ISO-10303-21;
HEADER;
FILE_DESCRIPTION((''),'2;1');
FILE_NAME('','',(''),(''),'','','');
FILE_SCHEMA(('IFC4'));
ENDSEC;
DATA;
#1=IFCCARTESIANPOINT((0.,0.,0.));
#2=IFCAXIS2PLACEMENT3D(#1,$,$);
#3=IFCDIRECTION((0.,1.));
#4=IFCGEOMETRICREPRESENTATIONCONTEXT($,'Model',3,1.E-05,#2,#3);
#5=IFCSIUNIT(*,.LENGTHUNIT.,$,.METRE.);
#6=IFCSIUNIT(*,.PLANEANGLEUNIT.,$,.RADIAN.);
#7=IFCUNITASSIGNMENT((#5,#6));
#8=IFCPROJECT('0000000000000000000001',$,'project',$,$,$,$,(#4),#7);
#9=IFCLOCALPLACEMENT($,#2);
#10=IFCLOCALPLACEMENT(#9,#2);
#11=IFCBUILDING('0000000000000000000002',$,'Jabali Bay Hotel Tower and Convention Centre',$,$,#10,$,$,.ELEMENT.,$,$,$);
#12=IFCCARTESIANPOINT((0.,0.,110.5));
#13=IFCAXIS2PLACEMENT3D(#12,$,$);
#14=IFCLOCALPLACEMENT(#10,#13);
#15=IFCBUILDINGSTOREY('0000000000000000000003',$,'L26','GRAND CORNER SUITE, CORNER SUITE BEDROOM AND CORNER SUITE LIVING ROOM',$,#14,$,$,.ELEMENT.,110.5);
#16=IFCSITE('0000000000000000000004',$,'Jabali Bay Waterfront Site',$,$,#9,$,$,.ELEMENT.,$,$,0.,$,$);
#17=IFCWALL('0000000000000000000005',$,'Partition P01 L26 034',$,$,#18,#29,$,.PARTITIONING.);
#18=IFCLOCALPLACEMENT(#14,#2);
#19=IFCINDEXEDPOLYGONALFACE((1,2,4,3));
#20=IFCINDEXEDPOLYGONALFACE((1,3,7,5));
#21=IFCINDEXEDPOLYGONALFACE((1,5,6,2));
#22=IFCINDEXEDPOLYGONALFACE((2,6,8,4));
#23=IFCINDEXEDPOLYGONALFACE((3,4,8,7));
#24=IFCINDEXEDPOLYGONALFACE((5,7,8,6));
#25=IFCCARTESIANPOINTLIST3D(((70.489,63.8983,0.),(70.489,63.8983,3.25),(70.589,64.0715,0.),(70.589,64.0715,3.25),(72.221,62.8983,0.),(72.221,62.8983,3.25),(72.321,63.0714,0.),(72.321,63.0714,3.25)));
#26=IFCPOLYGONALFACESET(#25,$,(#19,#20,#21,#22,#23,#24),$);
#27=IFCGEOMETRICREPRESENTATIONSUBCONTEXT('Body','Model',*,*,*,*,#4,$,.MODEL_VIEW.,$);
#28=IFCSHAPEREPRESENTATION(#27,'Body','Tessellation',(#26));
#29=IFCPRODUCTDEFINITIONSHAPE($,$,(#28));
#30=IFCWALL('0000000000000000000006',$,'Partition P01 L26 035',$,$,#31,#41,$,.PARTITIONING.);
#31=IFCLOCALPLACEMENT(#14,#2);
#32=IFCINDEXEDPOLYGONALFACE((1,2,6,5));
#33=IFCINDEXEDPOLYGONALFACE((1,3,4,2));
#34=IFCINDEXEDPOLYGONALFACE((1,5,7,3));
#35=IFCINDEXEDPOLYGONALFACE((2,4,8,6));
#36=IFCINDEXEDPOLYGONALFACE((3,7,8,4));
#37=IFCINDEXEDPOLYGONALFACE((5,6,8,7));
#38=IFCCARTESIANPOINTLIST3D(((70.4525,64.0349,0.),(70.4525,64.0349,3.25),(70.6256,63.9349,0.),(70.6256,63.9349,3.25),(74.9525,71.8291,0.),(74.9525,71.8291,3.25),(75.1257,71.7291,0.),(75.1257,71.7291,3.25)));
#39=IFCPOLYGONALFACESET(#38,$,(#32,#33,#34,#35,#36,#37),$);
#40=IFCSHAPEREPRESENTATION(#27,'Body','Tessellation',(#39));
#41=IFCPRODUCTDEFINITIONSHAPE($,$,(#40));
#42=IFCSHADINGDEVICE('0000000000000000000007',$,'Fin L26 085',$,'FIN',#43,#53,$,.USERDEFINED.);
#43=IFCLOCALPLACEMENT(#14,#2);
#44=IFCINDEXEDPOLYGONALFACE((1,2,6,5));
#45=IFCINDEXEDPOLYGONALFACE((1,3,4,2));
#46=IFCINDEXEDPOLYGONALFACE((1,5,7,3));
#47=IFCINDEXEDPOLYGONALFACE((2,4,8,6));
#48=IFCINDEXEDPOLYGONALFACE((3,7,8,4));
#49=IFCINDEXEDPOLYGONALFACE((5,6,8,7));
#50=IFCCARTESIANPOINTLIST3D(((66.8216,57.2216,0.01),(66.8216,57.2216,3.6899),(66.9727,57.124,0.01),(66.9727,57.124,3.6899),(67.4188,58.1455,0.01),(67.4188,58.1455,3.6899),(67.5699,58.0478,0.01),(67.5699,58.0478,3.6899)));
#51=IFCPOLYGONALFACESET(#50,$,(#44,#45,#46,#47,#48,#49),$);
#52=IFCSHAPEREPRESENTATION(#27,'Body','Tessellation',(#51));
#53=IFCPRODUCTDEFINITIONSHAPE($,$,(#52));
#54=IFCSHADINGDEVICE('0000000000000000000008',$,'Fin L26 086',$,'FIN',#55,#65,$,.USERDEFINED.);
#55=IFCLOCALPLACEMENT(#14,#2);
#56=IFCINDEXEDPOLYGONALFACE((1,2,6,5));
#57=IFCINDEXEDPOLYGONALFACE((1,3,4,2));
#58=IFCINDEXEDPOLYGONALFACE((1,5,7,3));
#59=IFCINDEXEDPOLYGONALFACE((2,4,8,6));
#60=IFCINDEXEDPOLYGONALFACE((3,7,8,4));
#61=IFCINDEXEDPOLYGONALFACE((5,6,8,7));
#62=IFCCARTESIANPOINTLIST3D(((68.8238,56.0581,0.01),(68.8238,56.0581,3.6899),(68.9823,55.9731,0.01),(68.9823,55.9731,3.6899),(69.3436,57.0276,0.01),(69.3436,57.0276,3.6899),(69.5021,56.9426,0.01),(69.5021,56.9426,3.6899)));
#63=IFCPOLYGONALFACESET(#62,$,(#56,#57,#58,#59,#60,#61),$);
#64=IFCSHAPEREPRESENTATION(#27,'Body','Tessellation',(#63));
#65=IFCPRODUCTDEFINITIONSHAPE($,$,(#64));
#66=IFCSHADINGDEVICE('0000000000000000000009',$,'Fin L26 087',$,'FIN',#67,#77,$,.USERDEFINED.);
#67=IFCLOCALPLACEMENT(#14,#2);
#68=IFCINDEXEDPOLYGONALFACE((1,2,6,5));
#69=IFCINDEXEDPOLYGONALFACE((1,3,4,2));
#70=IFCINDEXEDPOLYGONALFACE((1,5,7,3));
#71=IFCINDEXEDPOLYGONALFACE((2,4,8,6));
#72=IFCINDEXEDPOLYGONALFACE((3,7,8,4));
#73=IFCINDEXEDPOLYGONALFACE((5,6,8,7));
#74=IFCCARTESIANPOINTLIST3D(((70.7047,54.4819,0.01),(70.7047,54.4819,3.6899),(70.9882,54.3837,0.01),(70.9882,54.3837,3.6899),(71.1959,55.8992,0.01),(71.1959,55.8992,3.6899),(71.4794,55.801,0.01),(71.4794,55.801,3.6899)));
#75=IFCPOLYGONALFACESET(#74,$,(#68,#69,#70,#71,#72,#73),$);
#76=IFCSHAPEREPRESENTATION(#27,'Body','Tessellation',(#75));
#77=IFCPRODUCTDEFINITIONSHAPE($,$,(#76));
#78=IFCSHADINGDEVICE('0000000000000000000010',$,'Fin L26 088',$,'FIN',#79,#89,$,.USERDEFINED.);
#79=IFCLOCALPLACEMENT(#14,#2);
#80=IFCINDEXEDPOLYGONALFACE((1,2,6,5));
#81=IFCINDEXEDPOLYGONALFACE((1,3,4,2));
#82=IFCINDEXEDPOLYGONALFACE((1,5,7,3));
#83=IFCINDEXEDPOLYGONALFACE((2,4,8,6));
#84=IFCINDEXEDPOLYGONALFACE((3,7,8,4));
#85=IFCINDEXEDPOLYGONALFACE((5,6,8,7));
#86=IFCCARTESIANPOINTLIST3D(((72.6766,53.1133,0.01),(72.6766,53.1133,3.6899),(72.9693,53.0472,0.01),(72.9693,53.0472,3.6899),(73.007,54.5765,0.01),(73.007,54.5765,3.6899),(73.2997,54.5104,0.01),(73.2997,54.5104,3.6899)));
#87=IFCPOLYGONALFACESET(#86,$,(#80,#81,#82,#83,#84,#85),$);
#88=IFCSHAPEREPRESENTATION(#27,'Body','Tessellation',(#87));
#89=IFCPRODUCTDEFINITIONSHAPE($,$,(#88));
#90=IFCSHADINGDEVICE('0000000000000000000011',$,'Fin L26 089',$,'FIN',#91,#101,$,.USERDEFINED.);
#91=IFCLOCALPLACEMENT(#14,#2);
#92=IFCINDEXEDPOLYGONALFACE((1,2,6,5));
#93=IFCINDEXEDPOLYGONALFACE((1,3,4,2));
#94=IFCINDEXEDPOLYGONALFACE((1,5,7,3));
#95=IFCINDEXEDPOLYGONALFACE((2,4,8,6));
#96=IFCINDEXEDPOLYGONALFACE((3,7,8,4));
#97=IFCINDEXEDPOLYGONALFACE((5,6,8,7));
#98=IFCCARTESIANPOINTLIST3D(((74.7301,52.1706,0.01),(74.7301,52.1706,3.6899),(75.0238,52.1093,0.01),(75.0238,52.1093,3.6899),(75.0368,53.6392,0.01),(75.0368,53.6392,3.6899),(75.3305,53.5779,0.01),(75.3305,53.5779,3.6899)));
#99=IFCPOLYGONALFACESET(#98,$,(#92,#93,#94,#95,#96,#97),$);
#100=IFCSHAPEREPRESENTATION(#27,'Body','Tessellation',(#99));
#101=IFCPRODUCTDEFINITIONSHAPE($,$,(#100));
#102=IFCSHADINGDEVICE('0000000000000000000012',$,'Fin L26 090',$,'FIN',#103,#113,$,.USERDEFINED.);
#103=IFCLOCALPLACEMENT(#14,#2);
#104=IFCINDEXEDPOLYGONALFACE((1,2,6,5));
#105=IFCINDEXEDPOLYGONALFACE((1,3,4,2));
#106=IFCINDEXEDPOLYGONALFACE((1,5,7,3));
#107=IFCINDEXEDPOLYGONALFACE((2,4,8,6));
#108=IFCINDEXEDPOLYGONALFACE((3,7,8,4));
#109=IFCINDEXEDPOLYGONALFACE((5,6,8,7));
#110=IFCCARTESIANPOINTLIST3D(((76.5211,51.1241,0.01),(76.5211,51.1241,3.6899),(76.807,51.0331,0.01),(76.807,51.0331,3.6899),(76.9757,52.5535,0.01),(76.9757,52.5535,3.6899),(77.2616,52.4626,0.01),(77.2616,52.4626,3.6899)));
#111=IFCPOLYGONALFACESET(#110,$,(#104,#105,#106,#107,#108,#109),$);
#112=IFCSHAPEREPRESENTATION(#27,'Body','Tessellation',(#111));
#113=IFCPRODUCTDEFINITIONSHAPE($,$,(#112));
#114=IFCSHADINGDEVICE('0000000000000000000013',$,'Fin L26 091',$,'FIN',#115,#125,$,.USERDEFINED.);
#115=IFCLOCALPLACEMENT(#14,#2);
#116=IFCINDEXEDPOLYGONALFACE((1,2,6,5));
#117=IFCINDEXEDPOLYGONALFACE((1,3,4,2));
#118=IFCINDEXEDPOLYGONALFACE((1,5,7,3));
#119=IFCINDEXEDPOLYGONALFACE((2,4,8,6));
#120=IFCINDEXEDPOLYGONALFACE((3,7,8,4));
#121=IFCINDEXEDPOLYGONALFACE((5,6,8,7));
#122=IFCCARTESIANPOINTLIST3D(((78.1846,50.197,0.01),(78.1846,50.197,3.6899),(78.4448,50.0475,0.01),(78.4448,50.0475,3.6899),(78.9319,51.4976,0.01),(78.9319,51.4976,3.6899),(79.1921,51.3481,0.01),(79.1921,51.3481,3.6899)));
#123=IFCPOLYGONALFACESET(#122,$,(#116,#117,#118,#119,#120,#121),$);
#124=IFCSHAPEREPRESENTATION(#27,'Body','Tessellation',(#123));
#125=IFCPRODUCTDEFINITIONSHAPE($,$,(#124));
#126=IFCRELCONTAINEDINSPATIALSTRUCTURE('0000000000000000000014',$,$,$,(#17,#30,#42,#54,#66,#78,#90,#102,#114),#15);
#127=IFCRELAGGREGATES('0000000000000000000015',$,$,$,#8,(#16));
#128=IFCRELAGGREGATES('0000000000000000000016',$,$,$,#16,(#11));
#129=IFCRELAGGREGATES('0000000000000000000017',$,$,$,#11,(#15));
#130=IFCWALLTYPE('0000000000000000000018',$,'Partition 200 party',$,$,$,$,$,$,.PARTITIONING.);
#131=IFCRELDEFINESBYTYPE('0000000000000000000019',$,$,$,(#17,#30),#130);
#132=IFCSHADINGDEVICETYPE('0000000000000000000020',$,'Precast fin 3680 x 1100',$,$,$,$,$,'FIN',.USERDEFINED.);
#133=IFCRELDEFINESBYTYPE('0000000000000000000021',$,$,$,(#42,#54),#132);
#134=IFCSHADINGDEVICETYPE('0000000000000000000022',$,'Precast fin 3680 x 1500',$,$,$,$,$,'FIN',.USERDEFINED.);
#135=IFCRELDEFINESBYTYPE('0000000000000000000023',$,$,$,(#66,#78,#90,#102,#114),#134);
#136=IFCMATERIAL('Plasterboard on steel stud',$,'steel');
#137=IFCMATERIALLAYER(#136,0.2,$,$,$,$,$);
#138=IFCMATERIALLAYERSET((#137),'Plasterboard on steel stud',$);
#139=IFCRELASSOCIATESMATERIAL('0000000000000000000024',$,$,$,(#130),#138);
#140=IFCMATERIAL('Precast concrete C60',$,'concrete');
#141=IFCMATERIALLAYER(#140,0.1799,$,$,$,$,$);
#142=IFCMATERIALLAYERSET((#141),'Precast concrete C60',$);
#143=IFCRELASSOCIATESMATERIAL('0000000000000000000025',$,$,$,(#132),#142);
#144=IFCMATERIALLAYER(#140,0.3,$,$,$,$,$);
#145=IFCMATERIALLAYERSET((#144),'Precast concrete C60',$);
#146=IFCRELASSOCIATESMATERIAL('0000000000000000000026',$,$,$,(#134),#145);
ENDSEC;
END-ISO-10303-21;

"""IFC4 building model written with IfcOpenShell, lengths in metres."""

from ifc_helpers import new_model, si_unit, direction, frame, frame_2d, origin, place, context, subcontext, project, spatial, rectangle, extrude, material, layer, layer_set, type_object, element, save


model = new_model("IFC4")

# Units and contexts
model_context = context("Model", 3, precision=1e-05, world=origin(), true_north=direction((0.0, 1.0)))
body_context = subcontext(model_context, "Body", "Model", "MODEL_VIEW")
ifc_project = project(units=[si_unit("LENGTHUNIT", "METRE"), si_unit("PLANEANGLEUNIT", "RADIAN")], contexts=[model_context])

# Site, building, storey
site_placement = place(None, origin())
site = spatial("IfcSite", under=ifc_project, at=site_placement, Name="Jabali Bay Waterfront Site", CompositionType="ELEMENT", RefElevation=0.0)
building_placement = place(site_placement, origin())
building = spatial("IfcBuilding", under=site, at=building_placement, Name="Jabali Bay Hotel Tower and Convention Centre", CompositionType="ELEMENT")
storey_placement = place(building_placement, frame((0.0, 0.0, 110.5)))
storey = spatial("IfcBuildingStorey", under=building, at=storey_placement, Name="L26", Description="GRAND CORNER SUITE, CORNER SUITE BEDROOM AND CORNER SUITE LIVING ROOM", CompositionType="ELEMENT", Elevation=110.5)

# Shared definitions
ifc_material_1 = material(Name="Plasterboard on steel stud", Category="steel")

# Walls
ifc_layer_1 = layer(ifc_material_1, 0.2)
ifc_layer_set_1 = layer_set([ifc_layer_1], Name="Plasterboard on steel stud")
wall_type_1 = type_object("IfcWallType", Name="Partition 200 party", PredefinedType="PARTITIONING", material=ifc_layer_set_1)
wall_1_placement = place(storey_placement, frame((72.271, 62.9849, 0.0), z_axis=(0.0, 0.0, 1.0), x_axis=(-0.866011, 0.500025, 0.0)))
element("IfcWall", 1, at=wall_1_placement, inside=storey, type_object=wall_type_1, Name="Partition P01 L26 034", PredefinedType="PARTITIONING", context=body_context, shape_type="SweptSolid", body=[
    extrude(rectangle(XDim=2.0, YDim=0.2, at=frame_2d((1.0, 0.0))), origin(), (0.0, 0.0, 1.0), 3.25),
])
wall_2_placement = place(storey_placement, frame((70.5391, 63.9849, 0.0), z_axis=(0.0, 0.0, 1.0), x_axis=(0.500002, 0.866024, 0.0)))
element("IfcWall", 2, at=wall_2_placement, inside=storey, type_object=wall_type_1, Name="Partition P01 L26 035", PredefinedType="PARTITIONING", context=body_context, shape_type="SweptSolid", body=[
    extrude(rectangle(XDim=9.0, YDim=0.2, at=frame_2d((4.5, 0.0))), origin(), (0.0, 0.0, 1.0), 3.25),
])

# Shading devices
ifc_material_2 = material(Name="Precast concrete C60", Category="concrete")
ifc_layer_2 = layer(ifc_material_2, 0.1799)
ifc_layer_set_2 = layer_set([ifc_layer_2], Name="Precast concrete C60")
shading_device_type_1 = type_object("IfcShadingDeviceType", Name="Precast fin 3680 x 1100", ElementType="FIN", PredefinedType="USERDEFINED", material=ifc_layer_set_2)
for number, where, z_axis, x_axis, name in (
    (3, (67.4944, 58.0967, 0.01), (0.0, 0.0, 1.0), (-0.542865, -0.83982, 0.0), "Fin L26 085"),
    (4, (69.4229, 56.9851, 0.01), (0.0, 0.0, 1.0), (-0.472511, -0.881325, 0.0), "Fin L26 086"),
):
    element("IfcShadingDevice", number, at=place(storey_placement, frame(where, z_axis=z_axis, x_axis=x_axis)), inside=storey, type_object=shading_device_type_1, Name=name, ObjectType="FIN", PredefinedType="USERDEFINED", context=body_context, shape_type="SweptSolid", body=[
        extrude(rectangle(XDim=1.1001, YDim=0.1799, at=frame_2d((0.55, 0.0))), origin(), (0.0, 0.0, 1.0), 3.6799),
    ])
ifc_layer_3 = layer(ifc_material_2, 0.3)
ifc_layer_set_3 = layer_set([ifc_layer_3], Name="Precast concrete C60")
shading_device_type_2 = type_object("IfcShadingDeviceType", Name="Precast fin 3680 x 1500", ElementType="FIN", PredefinedType="USERDEFINED", material=ifc_layer_set_3)
for number, where, z_axis, x_axis, name in (
    (5, (71.3376, 55.8501, 0.01), (0.0, 0.0, 1.0), (-0.327485, -0.944856, 0.0), "Fin L26 087"),
    (6, (73.1533, 54.5435, 0.01), (0.0, 0.0, 1.0), (-0.220221, -0.97545, 0.0), "Fin L26 088"),
):
    element("IfcShadingDevice", number, at=place(storey_placement, frame(where, z_axis=z_axis, x_axis=x_axis)), inside=storey, type_object=shading_device_type_2, Name=name, ObjectType="FIN", PredefinedType="USERDEFINED", context=body_context, shape_type="SweptSolid", body=[
        extrude(rectangle(XDim=1.5, YDim=0.3, at=frame_2d((0.75, 0.0))), origin(), (0.0, 0.0, 1.0), 3.6799),
    ])
shading_device_placement = place(storey_placement, frame((75.1836, 53.6084, 0.01), z_axis=(0.0, 0.0, 1.0), x_axis=(-0.204403, -0.978887, 0.0)))
element("IfcShadingDevice", 7, at=shading_device_placement, inside=storey, type_object=shading_device_type_2, Name="Fin L26 089", ObjectType="FIN", PredefinedType="USERDEFINED", context=body_context, shape_type="SweptSolid", body=[
    extrude(rectangle(XDim=1.5002, YDim=0.3, at=frame_2d((0.75, 0.0))), origin(), (0.0, 0.0, 1.0), 3.6799),
])
for number, where, z_axis, x_axis, name in (
    (8, (77.1187, 52.5081, 0.01), (0.0, 0.0, 1.0), (-0.303063, -0.952971, 0.0), "Fin L26 090"),
    (9, (79.062, 51.4229, 0.01), (0.0, 0.0, 1.0), (-0.498223, -0.867049, 0.0), "Fin L26 091"),
):
    element("IfcShadingDevice", number, at=place(storey_placement, frame(where, z_axis=z_axis, x_axis=x_axis)), inside=storey, type_object=shading_device_type_2, Name=name, ObjectType="FIN", PredefinedType="USERDEFINED", context=body_context, shape_type="SweptSolid", body=[
        extrude(rectangle(XDim=1.5, YDim=0.3, at=frame_2d((0.75, 0.0))), origin(), (0.0, 0.0, 1.0), 3.6799),
    ])

save(model, "model.ifc")
